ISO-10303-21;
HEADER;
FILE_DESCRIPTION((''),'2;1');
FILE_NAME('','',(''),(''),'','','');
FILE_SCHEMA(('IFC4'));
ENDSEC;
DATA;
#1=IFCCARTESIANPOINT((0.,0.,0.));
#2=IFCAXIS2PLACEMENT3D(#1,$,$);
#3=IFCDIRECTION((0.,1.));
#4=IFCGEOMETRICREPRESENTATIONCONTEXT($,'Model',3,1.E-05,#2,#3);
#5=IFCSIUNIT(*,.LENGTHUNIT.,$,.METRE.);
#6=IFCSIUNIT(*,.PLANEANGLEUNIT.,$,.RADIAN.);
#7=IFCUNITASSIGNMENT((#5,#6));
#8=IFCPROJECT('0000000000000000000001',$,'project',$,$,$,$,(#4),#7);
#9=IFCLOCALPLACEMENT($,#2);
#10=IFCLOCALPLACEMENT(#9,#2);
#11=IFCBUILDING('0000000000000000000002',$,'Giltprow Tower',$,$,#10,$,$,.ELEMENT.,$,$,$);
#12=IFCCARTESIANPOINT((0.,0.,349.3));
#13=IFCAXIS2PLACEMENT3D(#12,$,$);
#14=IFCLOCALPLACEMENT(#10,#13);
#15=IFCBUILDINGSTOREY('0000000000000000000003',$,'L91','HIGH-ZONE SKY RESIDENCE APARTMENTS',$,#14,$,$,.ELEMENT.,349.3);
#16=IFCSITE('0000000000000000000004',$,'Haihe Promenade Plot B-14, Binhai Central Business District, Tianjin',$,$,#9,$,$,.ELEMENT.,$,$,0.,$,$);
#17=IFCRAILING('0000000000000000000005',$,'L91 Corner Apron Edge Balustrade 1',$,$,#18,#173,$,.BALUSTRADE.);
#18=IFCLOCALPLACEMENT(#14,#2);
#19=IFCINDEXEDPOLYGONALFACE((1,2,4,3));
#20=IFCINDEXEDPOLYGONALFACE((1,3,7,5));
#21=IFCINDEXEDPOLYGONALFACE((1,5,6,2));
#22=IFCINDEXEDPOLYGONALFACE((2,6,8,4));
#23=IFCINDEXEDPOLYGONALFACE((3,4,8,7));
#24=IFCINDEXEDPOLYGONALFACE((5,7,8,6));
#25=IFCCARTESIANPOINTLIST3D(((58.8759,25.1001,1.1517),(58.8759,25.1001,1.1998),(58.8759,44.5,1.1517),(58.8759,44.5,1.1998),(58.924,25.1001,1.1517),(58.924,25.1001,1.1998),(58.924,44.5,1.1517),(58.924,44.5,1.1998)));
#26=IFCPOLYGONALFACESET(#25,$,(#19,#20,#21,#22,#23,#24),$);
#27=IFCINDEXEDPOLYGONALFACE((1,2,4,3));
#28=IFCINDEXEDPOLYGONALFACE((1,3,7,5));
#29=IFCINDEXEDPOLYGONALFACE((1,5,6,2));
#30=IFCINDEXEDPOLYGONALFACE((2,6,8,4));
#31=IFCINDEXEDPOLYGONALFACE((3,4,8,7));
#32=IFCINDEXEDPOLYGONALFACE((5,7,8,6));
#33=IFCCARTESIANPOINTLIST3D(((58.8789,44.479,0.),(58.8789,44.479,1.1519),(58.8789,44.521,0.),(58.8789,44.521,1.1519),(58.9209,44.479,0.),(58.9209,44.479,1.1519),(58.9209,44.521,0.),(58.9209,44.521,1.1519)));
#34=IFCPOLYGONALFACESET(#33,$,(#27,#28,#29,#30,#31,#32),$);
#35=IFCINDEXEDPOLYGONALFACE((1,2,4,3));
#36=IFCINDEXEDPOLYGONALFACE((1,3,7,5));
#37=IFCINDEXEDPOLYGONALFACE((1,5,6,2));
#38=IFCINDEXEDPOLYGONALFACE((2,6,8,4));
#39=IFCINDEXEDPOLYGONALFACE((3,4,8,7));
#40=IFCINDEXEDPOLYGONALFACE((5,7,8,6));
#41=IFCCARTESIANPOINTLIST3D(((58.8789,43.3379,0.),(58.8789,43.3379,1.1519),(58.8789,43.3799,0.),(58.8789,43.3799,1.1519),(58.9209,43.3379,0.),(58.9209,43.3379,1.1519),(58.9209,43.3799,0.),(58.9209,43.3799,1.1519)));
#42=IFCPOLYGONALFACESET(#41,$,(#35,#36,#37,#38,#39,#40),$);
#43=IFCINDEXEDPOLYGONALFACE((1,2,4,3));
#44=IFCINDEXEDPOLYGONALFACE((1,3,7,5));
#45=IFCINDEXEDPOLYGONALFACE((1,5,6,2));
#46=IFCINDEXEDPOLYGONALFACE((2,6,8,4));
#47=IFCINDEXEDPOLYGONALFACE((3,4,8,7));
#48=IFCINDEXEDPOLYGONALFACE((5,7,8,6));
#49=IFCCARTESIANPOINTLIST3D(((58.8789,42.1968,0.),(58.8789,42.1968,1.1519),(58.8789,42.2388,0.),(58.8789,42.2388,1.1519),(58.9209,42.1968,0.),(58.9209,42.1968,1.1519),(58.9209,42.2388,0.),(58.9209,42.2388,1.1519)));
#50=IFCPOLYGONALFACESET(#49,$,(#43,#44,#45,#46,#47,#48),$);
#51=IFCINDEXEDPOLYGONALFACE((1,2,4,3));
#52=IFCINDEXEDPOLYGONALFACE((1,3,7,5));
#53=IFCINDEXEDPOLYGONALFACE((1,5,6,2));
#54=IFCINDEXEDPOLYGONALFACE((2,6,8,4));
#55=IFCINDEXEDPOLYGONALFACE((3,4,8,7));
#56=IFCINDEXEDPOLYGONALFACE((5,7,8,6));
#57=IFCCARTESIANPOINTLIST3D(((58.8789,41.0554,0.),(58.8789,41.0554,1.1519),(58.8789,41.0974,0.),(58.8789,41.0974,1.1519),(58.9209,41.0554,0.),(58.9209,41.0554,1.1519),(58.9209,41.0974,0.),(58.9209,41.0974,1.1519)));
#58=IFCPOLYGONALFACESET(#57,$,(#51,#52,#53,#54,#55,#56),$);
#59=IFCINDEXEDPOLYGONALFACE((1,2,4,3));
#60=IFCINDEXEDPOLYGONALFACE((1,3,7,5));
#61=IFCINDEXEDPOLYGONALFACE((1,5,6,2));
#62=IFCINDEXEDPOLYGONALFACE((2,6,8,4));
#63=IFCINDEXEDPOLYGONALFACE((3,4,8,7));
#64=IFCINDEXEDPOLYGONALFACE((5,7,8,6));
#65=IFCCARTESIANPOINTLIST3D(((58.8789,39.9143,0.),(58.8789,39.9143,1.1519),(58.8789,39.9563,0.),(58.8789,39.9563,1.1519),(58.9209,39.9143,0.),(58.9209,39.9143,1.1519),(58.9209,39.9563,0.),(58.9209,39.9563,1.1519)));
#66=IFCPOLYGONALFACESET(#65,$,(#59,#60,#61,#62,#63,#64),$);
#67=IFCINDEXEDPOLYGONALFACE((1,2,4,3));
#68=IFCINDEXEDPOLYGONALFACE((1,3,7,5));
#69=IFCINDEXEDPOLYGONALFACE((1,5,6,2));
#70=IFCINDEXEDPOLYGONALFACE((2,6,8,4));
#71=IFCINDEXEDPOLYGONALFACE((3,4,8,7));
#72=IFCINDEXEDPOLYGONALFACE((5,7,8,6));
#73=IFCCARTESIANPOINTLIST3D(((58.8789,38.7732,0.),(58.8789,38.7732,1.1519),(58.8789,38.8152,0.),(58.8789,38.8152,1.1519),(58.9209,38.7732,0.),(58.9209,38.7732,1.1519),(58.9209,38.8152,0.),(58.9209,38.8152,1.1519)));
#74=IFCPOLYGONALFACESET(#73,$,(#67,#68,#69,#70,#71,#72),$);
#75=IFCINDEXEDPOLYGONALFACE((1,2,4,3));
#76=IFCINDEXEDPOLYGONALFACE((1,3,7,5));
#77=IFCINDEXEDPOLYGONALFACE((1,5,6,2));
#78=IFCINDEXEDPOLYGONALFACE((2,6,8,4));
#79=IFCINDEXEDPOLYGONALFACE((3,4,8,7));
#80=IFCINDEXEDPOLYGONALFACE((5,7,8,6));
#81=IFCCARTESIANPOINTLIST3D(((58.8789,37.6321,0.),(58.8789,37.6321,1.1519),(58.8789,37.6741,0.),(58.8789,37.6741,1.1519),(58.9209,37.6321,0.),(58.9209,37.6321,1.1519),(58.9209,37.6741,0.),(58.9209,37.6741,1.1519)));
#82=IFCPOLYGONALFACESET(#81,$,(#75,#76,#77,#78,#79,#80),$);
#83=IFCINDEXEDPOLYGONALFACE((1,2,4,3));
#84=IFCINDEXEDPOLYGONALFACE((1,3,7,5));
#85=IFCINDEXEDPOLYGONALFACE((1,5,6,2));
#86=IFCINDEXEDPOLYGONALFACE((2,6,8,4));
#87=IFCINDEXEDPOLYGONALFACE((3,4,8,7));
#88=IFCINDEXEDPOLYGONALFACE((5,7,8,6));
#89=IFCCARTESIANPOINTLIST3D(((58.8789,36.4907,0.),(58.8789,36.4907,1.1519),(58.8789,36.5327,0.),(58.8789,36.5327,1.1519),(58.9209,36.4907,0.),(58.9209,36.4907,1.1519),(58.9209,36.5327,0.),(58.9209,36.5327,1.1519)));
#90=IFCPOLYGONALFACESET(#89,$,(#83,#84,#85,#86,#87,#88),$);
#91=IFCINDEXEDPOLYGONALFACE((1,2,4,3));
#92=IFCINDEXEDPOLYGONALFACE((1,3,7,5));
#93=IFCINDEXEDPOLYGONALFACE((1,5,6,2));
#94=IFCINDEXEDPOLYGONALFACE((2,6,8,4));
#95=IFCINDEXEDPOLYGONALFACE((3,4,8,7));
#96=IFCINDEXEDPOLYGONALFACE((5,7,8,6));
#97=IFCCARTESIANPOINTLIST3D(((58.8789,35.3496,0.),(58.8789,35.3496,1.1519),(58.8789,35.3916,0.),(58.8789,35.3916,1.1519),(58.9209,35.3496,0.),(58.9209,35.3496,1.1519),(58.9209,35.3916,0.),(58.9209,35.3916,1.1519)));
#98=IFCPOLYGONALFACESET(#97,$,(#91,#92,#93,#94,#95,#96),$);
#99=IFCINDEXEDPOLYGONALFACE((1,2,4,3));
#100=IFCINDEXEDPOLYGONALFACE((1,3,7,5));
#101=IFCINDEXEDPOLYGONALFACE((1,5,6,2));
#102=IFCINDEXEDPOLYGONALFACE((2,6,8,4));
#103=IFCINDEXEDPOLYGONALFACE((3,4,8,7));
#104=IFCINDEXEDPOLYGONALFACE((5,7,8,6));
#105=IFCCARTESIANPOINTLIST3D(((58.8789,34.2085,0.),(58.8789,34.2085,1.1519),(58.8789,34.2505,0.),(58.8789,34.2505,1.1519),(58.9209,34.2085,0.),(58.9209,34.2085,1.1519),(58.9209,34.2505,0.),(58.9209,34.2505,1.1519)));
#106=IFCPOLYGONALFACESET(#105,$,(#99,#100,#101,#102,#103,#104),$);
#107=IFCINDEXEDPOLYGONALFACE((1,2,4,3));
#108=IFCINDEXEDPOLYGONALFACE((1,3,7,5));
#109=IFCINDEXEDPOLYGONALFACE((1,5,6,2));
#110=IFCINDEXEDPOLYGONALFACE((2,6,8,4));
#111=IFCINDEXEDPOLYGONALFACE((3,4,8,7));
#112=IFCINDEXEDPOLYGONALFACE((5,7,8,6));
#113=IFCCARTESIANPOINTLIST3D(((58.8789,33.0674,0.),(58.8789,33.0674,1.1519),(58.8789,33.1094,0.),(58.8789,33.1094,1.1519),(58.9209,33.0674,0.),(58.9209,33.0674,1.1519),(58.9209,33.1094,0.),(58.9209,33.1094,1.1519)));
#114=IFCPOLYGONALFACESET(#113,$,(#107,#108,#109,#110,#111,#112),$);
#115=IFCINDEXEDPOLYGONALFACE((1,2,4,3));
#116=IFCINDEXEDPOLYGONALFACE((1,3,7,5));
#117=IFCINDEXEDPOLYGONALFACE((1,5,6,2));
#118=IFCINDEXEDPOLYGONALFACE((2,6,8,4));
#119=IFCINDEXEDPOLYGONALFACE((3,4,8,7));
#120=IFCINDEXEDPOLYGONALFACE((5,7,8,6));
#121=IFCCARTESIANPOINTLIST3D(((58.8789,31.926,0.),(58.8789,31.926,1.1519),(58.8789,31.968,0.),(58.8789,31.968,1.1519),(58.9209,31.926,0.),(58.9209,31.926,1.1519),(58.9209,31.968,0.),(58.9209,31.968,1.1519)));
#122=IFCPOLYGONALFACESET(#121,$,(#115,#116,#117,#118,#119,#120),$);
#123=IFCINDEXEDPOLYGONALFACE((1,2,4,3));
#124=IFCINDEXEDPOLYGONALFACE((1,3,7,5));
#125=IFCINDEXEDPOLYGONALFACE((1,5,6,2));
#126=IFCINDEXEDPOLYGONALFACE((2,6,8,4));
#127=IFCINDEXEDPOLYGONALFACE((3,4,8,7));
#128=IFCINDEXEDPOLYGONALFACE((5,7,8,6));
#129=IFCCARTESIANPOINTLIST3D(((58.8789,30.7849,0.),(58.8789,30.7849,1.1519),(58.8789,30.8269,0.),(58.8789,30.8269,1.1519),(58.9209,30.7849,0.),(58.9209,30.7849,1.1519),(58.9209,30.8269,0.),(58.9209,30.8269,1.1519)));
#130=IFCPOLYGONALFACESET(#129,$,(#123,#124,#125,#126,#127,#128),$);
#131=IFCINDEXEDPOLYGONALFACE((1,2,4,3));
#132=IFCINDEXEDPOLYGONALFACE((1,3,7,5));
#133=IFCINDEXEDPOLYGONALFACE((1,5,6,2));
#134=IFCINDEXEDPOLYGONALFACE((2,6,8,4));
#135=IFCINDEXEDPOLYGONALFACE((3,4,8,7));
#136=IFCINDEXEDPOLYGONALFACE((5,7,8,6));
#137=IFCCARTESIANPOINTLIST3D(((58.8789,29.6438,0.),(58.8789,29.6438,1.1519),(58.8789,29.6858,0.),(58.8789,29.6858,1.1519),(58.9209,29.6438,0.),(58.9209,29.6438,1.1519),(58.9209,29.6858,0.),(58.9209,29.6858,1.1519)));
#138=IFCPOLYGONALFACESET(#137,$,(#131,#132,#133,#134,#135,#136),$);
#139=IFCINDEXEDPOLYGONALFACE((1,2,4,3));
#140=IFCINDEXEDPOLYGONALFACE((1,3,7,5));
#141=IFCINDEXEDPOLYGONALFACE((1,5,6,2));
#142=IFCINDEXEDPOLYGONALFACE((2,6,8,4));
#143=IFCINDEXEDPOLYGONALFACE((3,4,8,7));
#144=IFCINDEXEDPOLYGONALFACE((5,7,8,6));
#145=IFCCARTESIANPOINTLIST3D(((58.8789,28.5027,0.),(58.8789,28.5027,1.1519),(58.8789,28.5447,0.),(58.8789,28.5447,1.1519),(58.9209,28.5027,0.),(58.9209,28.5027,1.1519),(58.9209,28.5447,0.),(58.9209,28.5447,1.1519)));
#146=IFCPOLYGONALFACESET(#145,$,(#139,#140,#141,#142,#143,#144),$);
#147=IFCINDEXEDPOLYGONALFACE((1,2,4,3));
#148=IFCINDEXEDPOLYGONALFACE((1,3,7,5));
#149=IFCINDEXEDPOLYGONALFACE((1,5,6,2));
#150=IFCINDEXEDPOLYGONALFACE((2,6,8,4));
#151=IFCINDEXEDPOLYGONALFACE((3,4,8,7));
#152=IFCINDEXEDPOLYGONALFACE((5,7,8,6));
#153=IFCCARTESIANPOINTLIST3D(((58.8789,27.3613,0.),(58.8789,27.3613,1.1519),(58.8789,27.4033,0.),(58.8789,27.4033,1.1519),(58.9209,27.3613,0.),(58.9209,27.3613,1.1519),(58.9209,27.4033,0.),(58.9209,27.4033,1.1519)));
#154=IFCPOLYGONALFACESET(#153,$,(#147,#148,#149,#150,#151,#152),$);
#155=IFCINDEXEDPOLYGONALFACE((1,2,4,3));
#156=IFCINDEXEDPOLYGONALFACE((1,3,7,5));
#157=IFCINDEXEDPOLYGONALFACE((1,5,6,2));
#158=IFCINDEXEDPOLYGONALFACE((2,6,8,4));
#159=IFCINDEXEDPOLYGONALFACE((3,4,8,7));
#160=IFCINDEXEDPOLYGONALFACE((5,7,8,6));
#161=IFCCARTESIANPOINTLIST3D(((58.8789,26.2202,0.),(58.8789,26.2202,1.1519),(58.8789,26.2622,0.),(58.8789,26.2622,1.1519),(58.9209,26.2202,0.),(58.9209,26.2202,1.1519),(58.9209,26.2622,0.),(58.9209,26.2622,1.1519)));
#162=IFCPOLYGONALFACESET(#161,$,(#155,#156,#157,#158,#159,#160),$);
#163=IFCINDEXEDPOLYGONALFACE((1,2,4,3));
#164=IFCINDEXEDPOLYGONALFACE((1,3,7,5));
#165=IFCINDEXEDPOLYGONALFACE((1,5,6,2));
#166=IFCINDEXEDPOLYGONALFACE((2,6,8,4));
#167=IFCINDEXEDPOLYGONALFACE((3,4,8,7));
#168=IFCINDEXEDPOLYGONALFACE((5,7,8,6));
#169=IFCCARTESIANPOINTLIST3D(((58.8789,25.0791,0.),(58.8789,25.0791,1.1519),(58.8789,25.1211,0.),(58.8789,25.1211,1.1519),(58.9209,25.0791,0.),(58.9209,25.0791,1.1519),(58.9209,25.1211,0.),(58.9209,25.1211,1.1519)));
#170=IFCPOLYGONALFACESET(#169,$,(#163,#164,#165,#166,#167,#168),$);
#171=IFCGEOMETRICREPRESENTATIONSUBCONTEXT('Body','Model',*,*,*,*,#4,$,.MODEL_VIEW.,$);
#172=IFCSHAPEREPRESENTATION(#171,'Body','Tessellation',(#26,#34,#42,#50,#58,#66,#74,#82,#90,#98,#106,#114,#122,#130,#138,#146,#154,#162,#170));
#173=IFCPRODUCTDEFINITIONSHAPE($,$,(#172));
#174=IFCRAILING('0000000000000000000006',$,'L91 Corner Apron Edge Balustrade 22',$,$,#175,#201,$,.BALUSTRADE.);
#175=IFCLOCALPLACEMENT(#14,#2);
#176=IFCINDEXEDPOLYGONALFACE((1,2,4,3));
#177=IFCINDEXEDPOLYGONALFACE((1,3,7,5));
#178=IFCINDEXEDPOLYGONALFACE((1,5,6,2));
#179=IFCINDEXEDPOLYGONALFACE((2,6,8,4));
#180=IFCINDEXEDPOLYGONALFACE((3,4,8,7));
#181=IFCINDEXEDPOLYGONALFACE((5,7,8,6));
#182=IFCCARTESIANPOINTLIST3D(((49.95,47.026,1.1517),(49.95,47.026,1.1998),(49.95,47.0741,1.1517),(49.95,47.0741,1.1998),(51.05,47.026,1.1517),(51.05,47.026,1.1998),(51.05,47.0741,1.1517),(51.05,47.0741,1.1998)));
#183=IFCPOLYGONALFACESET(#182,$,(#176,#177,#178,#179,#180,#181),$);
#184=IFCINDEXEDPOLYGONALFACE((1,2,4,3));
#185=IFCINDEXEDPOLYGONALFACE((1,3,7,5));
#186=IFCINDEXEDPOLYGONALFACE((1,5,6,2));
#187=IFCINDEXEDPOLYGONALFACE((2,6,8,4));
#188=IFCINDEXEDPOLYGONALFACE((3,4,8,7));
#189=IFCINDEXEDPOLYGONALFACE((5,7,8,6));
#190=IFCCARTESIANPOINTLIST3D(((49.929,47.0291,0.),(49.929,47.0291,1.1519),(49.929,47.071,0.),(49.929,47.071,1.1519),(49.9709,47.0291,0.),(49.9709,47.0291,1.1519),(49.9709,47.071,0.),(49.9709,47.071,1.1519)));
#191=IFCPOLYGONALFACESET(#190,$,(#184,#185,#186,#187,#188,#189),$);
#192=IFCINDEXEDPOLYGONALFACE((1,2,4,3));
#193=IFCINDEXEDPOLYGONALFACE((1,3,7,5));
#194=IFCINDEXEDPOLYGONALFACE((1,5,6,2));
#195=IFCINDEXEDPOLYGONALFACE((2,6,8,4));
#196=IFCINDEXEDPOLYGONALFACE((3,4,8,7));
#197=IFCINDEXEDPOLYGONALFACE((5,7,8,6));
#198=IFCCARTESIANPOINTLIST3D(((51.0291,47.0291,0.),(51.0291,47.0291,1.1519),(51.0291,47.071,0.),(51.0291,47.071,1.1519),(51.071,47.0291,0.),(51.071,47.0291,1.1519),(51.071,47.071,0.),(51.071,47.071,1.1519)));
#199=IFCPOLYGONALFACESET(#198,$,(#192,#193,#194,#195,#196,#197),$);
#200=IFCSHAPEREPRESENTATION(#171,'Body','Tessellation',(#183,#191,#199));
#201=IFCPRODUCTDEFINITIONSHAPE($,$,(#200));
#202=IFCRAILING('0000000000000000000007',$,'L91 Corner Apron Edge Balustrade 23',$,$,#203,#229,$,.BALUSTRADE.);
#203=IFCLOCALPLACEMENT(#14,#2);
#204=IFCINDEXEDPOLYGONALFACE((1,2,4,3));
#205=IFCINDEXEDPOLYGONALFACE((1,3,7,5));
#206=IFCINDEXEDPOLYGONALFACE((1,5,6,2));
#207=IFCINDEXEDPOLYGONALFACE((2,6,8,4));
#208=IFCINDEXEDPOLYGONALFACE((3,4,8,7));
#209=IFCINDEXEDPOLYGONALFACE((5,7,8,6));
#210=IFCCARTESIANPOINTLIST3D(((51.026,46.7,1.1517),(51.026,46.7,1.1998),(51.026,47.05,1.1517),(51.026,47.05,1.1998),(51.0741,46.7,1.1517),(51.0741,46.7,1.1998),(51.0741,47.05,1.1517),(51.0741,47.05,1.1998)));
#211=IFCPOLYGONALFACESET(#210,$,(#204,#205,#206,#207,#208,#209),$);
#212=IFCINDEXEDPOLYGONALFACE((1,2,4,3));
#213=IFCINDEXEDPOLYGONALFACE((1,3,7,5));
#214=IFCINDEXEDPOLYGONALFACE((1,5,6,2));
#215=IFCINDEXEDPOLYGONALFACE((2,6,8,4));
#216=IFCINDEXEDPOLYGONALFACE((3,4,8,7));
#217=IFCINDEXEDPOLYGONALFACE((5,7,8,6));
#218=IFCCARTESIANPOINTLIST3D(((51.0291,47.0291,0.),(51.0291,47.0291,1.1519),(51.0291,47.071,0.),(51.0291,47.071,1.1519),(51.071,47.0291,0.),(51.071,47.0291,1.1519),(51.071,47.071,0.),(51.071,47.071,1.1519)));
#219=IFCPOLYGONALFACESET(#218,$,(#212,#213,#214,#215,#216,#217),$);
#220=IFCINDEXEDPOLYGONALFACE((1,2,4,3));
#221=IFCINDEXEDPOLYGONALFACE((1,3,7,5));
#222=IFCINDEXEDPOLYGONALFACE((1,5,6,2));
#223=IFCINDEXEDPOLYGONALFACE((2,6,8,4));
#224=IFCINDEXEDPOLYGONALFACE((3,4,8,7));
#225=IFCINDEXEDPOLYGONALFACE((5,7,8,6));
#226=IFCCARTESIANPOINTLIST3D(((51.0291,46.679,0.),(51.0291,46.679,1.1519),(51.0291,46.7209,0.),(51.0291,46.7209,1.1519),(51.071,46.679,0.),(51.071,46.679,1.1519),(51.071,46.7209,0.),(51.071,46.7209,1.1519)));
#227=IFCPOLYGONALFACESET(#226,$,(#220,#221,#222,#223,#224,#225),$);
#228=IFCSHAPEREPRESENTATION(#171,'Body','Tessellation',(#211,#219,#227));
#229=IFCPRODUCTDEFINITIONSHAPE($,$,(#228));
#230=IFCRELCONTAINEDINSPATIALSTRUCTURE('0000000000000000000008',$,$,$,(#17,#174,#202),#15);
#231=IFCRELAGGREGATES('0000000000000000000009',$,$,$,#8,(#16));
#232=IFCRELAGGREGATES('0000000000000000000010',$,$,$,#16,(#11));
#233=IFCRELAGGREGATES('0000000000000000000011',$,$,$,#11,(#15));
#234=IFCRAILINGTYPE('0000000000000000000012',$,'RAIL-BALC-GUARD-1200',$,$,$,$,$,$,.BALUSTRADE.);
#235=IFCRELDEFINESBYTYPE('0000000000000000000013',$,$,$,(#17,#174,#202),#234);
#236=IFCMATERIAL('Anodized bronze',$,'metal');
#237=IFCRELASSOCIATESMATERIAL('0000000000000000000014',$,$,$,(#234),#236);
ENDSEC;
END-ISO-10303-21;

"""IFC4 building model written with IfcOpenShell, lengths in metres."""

from ifc_helpers import new_model, si_unit, direction, frame, origin, origin_2d, place, context, subcontext, project, spatial, rectangle, extrude, material, type_object, element, save


model = new_model("IFC4")

# Units and contexts
model_context = context("Model", 3, precision=1e-05, world=origin(), true_north=direction((0.0, 1.0)))
body_context = subcontext(model_context, "Body", "Model", "MODEL_VIEW")
ifc_project = project(units=[si_unit("LENGTHUNIT", "METRE"), si_unit("PLANEANGLEUNIT", "RADIAN")], contexts=[model_context])

# Site, building, storey
site_placement = place(None, origin())
site = spatial("IfcSite", under=ifc_project, at=site_placement, Name="Haihe Promenade Plot B-14, Binhai Central Business District, Tianjin", CompositionType="ELEMENT", RefElevation=0.0)
building_placement = place(site_placement, origin())
building = spatial("IfcBuilding", under=site, at=building_placement, Name="Giltprow Tower", CompositionType="ELEMENT")
storey_placement = place(building_placement, frame((0.0, 0.0, 349.3)))
storey = spatial("IfcBuildingStorey", under=building, at=storey_placement, Name="L91", Description="HIGH-ZONE SKY RESIDENCE APARTMENTS", CompositionType="ELEMENT", Elevation=349.3)

# Railings
ifc_material_1 = material(Name="Anodized bronze", Category="metal")
railing_type = type_object("IfcRailingType", Name="RAIL-BALC-GUARD-1200", PredefinedType="BALUSTRADE", material=ifc_material_1)
railing_1_placement = place(storey_placement, frame((58.8999, 44.5, 0.0)))
element("IfcRailing", 1, at=railing_1_placement, inside=storey, type_object=railing_type, Name="L91 Corner Apron Edge Balustrade 1", PredefinedType="BALUSTRADE", context=body_context, shape_type="SweptSolid", body=[
    extrude(rectangle(XDim=0.0481, YDim=0.0481, at=origin_2d()), frame((0.0, 0.0, 1.1758), z_axis=(0.0, -1.0, 0.0), x_axis=(1.0, 0.0, 0.0)), (0.0, 0.0, 1.0), 19.3999),
    extrude(rectangle(XDim=0.042, YDim=0.042, at=origin_2d()), origin(), (0.0, 0.0, 1.0), 1.1519),
    extrude(rectangle(XDim=0.042, YDim=0.042, at=origin_2d()), frame((0.0, -1.1411, 0.0)), (0.0, 0.0, 1.0), 1.1519),
    extrude(rectangle(XDim=0.042, YDim=0.042, at=origin_2d()), frame((0.0, -2.2822, 0.0)), (0.0, 0.0, 1.0), 1.1519),
    extrude(rectangle(XDim=0.042, YDim=0.042, at=origin_2d()), frame((0.0, -3.4236, 0.0)), (0.0, 0.0, 1.0), 1.1519),
    extrude(rectangle(XDim=0.042, YDim=0.042, at=origin_2d()), frame((0.0, -4.5647, 0.0)), (0.0, 0.0, 1.0), 1.1519),
    extrude(rectangle(XDim=0.042, YDim=0.042, at=origin_2d()), frame((0.0, -5.7058, 0.0)), (0.0, 0.0, 1.0), 1.1519),
    extrude(rectangle(XDim=0.042, YDim=0.042, at=origin_2d()), frame((0.0, -6.8469, 0.0)), (0.0, 0.0, 1.0), 1.1519),
    extrude(rectangle(XDim=0.042, YDim=0.042, at=origin_2d()), frame((0.0, -7.9883, 0.0)), (0.0, 0.0, 1.0), 1.1519),
    extrude(rectangle(XDim=0.042, YDim=0.042, at=origin_2d()), frame((0.0, -9.1294, 0.0)), (0.0, 0.0, 1.0), 1.1519),
    extrude(rectangle(XDim=0.042, YDim=0.042, at=origin_2d()), frame((0.0, -10.2705, 0.0)), (0.0, 0.0, 1.0), 1.1519),
    extrude(rectangle(XDim=0.042, YDim=0.042, at=origin_2d()), frame((0.0, -11.4116, 0.0)), (0.0, 0.0, 1.0), 1.1519),
    extrude(rectangle(XDim=0.042, YDim=0.042, at=origin_2d()), frame((0.0, -12.553, 0.0)), (0.0, 0.0, 1.0), 1.1519),
    extrude(rectangle(XDim=0.042, YDim=0.042, at=origin_2d()), frame((0.0, -13.6941, 0.0)), (0.0, 0.0, 1.0), 1.1519),
    extrude(rectangle(XDim=0.042, YDim=0.042, at=origin_2d()), frame((0.0, -14.8352, 0.0)), (0.0, 0.0, 1.0), 1.1519),
    extrude(rectangle(XDim=0.042, YDim=0.042, at=origin_2d()), frame((0.0, -15.9763, 0.0)), (0.0, 0.0, 1.0), 1.1519),
    extrude(rectangle(XDim=0.042, YDim=0.042, at=origin_2d()), frame((0.0, -17.1177, 0.0)), (0.0, 0.0, 1.0), 1.1519),
    extrude(rectangle(XDim=0.042, YDim=0.042, at=origin_2d()), frame((0.0, -18.2588, 0.0)), (0.0, 0.0, 1.0), 1.1519),
    extrude(rectangle(XDim=0.042, YDim=0.042, at=origin_2d()), frame((0.0, -19.3999, 0.0)), (0.0, 0.0, 1.0), 1.1519),
])
railing_2_placement = place(storey_placement, frame((49.95, 47.05, 0.0)))
element("IfcRailing", 2, at=railing_2_placement, inside=storey, type_object=railing_type, Name="L91 Corner Apron Edge Balustrade 22", PredefinedType="BALUSTRADE", context=body_context, shape_type="SweptSolid", body=[
    extrude(rectangle(XDim=0.0481, YDim=0.0481, at=origin_2d()), frame((0.0, 0.0, 1.1758), z_axis=(1.0, 0.0, 0.0), x_axis=(0.0, 1.0, 0.0)), (0.0, 0.0, 1.0), 1.1001),
    extrude(rectangle(XDim=0.042, YDim=0.042, at=origin_2d()), origin(), (0.0, 0.0, 1.0), 1.1519),
    extrude(rectangle(XDim=0.042, YDim=0.042, at=origin_2d()), frame((1.1001, 0.0, 0.0)), (0.0, 0.0, 1.0), 1.1519),
])
railing_3_placement = place(storey_placement, frame((51.05, 47.05, 0.0)))
element("IfcRailing", 3, at=railing_3_placement, inside=storey, type_object=railing_type, Name="L91 Corner Apron Edge Balustrade 23", PredefinedType="BALUSTRADE", context=body_context, shape_type="SweptSolid", body=[
    extrude(rectangle(XDim=0.0481, YDim=0.0481, at=origin_2d()), frame((0.0, 0.0, 1.1758), z_axis=(0.0, -1.0, 0.0), x_axis=(1.0, 0.0, 0.0)), (0.0, 0.0, 1.0), 0.3501),
    extrude(rectangle(XDim=0.042, YDim=0.042, at=origin_2d()), origin(), (0.0, 0.0, 1.0), 1.1519),
    extrude(rectangle(XDim=0.042, YDim=0.042, at=origin_2d()), frame((0.0, -0.3501, 0.0)), (0.0, 0.0, 1.0), 1.1519),
])

save(model, "model.ifc")
